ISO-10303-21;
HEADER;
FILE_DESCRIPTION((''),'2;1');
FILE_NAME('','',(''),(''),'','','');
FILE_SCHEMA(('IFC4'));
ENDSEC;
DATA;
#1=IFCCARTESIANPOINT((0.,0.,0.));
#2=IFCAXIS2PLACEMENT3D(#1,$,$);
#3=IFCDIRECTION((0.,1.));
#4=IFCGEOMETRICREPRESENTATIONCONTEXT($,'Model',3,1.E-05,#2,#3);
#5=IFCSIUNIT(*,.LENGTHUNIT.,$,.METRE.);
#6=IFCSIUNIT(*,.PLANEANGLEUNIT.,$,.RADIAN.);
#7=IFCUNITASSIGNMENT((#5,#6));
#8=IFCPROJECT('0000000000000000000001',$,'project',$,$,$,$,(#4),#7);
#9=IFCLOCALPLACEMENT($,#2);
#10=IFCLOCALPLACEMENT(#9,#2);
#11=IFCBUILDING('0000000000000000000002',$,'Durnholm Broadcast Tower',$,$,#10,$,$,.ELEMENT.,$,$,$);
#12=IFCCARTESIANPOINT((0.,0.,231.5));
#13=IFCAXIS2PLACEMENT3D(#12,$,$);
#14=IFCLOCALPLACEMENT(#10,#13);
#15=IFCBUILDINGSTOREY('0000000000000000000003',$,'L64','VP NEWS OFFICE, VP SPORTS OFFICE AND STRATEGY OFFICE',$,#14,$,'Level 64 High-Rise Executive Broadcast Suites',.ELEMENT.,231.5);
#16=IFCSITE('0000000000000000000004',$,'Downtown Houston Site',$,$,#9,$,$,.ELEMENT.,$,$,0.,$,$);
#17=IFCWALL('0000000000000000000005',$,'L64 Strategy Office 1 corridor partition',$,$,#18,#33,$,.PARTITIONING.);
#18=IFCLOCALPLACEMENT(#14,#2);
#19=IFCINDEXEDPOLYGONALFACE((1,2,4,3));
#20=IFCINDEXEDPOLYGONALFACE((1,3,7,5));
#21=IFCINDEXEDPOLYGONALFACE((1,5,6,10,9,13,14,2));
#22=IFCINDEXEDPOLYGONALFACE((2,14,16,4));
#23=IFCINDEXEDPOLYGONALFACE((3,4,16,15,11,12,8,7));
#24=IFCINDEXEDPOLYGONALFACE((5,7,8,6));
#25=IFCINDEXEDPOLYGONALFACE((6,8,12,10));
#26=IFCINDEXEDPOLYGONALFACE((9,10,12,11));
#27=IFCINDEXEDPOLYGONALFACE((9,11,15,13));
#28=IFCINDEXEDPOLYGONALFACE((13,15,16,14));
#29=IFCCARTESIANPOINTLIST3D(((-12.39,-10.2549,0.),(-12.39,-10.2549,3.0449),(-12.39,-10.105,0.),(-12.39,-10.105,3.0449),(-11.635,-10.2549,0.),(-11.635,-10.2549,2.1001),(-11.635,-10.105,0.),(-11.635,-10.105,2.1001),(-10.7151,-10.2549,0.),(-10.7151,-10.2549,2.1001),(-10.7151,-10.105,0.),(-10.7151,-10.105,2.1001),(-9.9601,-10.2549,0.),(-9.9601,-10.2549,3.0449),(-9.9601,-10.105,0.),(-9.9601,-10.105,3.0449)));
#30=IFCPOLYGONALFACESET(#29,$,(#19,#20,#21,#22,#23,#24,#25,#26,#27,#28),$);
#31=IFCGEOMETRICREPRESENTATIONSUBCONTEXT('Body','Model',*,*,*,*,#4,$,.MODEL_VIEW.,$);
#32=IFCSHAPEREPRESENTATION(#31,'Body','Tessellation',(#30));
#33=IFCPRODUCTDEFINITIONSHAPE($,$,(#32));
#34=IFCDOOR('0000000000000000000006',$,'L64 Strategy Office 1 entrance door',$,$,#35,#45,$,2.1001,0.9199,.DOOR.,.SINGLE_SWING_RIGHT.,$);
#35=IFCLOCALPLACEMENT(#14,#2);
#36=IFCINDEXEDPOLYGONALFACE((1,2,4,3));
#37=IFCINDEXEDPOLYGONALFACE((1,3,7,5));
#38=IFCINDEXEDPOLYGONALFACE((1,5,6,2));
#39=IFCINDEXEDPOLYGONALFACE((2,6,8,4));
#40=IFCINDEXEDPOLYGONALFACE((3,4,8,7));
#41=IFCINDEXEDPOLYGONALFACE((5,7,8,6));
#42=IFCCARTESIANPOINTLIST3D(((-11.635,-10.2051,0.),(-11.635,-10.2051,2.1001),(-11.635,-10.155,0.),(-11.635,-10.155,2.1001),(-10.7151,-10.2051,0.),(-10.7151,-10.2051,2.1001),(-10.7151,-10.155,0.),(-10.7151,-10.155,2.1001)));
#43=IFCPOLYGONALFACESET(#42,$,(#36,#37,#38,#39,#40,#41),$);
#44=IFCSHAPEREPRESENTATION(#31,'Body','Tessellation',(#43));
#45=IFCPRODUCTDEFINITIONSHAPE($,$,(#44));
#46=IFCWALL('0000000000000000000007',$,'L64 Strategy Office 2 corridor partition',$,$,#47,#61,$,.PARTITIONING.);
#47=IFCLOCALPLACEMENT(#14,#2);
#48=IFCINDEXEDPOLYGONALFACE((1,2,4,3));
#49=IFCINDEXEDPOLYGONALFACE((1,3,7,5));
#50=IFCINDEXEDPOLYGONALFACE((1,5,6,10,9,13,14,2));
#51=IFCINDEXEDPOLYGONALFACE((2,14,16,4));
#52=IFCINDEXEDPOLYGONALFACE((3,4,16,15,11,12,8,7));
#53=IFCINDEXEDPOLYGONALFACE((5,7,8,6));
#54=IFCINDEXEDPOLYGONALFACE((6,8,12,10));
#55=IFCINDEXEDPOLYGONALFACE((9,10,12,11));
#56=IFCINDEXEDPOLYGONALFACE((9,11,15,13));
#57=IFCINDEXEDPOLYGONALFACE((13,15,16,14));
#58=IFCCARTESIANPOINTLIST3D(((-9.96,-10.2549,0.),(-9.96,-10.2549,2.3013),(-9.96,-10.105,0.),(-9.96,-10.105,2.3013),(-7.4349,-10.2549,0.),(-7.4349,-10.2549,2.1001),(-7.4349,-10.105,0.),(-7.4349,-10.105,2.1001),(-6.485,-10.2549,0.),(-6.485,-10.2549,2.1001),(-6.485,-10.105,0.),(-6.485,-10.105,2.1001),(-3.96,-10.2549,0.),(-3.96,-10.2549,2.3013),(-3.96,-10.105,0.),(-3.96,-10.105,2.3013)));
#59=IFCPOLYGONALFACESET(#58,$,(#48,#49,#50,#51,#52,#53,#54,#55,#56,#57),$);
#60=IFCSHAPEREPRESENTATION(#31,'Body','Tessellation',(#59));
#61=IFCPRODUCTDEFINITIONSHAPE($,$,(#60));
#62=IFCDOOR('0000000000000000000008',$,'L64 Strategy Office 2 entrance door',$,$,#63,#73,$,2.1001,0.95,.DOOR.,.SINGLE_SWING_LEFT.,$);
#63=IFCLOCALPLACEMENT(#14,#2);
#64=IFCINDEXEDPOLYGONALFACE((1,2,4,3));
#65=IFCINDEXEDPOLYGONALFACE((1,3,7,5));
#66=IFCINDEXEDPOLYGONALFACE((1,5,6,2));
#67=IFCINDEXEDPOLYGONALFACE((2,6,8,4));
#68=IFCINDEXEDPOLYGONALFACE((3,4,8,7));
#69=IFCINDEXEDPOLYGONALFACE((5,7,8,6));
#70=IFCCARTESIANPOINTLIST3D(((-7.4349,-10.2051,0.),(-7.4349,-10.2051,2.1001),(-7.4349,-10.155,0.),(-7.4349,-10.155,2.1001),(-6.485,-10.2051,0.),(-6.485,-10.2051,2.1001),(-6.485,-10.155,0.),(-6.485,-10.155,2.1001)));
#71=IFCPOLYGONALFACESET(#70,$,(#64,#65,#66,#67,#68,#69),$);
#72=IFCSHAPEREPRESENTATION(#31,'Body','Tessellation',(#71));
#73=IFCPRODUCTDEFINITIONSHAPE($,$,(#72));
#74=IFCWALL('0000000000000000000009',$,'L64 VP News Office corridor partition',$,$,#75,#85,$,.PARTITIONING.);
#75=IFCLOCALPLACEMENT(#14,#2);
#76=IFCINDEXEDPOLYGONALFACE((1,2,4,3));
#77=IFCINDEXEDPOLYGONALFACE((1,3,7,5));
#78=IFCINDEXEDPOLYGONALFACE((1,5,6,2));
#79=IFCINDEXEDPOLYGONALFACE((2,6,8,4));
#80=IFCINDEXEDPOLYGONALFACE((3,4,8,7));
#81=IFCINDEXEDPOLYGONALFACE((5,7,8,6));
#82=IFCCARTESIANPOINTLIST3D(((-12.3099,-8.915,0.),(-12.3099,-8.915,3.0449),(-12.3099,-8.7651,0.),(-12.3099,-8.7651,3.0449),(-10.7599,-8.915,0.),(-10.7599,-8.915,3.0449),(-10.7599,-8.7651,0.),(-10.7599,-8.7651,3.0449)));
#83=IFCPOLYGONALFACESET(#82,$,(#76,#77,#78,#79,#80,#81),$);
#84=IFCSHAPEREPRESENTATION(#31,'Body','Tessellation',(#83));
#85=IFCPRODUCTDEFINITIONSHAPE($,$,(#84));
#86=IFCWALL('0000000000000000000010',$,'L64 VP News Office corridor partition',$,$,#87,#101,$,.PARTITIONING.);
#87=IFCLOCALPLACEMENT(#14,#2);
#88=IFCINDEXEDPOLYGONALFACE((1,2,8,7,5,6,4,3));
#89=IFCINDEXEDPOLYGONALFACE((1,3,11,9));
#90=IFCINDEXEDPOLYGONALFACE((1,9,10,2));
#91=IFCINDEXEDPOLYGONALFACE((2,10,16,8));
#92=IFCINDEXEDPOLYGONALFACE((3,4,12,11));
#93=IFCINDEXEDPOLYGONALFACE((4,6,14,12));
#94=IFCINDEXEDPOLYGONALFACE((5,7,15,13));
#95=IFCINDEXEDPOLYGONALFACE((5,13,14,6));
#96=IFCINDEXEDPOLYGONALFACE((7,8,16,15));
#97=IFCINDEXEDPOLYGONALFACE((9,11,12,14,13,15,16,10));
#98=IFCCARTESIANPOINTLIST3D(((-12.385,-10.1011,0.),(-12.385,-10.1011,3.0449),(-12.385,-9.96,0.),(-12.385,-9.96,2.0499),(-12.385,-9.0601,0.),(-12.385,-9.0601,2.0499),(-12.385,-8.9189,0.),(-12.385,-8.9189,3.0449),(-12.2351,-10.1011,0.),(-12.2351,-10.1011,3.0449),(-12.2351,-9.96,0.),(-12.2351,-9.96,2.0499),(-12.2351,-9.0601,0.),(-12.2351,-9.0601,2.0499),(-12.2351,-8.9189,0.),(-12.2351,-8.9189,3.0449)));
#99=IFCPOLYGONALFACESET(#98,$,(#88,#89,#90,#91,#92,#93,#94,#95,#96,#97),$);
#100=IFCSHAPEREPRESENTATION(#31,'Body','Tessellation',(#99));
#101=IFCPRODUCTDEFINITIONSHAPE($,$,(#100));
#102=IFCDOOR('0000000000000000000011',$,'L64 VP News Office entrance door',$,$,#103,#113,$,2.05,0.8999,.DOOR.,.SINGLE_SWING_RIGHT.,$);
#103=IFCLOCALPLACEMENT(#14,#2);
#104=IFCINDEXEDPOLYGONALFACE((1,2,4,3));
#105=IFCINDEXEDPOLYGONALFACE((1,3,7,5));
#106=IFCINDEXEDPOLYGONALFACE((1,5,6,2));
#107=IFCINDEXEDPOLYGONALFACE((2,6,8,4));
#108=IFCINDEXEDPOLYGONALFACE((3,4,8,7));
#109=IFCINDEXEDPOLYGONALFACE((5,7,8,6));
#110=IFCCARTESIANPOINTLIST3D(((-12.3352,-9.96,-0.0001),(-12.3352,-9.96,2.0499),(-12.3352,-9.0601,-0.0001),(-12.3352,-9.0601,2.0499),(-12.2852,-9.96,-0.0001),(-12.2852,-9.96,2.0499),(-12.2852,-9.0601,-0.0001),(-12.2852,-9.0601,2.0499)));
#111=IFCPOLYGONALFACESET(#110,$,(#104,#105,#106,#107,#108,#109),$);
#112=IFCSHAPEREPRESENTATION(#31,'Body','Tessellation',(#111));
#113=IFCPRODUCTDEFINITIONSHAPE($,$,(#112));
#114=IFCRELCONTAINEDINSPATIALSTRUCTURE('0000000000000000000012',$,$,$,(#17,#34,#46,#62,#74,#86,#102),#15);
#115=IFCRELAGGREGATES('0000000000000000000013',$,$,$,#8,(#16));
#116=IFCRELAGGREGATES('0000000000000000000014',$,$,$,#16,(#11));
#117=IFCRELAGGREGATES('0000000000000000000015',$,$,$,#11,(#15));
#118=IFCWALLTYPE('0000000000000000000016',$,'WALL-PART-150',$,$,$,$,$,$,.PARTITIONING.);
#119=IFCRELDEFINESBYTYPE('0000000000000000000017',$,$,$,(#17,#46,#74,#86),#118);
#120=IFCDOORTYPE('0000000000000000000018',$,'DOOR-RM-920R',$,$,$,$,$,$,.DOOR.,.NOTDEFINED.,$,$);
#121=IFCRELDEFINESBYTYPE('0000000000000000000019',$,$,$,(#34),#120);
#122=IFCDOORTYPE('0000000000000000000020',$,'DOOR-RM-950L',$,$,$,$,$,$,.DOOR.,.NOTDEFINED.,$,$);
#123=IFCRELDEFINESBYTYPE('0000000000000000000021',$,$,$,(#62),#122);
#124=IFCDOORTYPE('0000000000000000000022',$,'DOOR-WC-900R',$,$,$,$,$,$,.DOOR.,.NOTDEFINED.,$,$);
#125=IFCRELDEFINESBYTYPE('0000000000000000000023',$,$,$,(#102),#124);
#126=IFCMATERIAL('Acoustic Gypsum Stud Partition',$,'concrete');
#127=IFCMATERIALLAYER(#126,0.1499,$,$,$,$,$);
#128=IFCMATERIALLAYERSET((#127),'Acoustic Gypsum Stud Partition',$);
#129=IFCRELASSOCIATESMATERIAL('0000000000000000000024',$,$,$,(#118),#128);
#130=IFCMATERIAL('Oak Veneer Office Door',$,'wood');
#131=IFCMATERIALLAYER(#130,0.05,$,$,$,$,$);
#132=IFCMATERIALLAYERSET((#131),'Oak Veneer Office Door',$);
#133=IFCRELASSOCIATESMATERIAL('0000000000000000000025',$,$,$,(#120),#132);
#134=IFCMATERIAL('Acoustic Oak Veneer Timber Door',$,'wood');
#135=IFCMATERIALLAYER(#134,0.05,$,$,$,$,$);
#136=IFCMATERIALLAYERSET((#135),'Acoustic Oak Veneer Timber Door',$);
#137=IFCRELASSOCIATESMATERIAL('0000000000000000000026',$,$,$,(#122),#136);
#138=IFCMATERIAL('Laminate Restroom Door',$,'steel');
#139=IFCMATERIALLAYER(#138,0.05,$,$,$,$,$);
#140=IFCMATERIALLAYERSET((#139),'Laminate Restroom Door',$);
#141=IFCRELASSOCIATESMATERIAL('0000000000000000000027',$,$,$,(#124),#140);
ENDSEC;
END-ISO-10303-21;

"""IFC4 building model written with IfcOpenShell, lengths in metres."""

from ifc_helpers import new_model, si_unit, direction, frame, frame_2d, origin, place, context, subcontext, project, spatial, rectangle, extrude, source, transform, mapped, material, layer, layer_set, type_object, type_shapes, element, fill, save


model = new_model("IFC4")

# Units and contexts
model_context = context("Model", 3, precision=1e-05, world=origin(), true_north=direction((0.0, 1.0)))
body_context = subcontext(model_context, "Body", "Model", "MODEL_VIEW")
ifc_project = project(units=[si_unit("LENGTHUNIT", "METRE"), si_unit("PLANEANGLEUNIT", "RADIAN")], contexts=[model_context])

# Site, building, storey
site_placement = place(None, origin())
site = spatial("IfcSite", under=ifc_project, at=site_placement, Name="Downtown Houston Site", CompositionType="ELEMENT", RefElevation=0.0)
building_placement = place(site_placement, origin())
building = spatial("IfcBuilding", under=site, at=building_placement, Name="Durnholm Broadcast Tower", CompositionType="ELEMENT")
storey_placement = place(building_placement, frame((0.0, 0.0, 231.5)))
storey = spatial("IfcBuildingStorey", under=building, at=storey_placement, Name="L64", Description="VP NEWS OFFICE, VP SPORTS OFFICE AND STRATEGY OFFICE", LongName="Level 64 High-Rise Executive Broadcast Suites", CompositionType="ELEMENT", Elevation=231.5)

# Walls, openings, doors
ifc_material_1 = material(Name="Acoustic Gypsum Stud Partition", Category="concrete")
ifc_layer_1 = layer(ifc_material_1, 0.1499)
ifc_layer_set_1 = layer_set([ifc_layer_1], Name="Acoustic Gypsum Stud Partition")
wall_type_1 = type_object("IfcWallType", Name="WALL-PART-150", PredefinedType="PARTITIONING", material=ifc_layer_set_1)
wall_1_placement = place(storey_placement, frame((-12.3899, -10.1799, 0.0), z_axis=(0.0, 0.0, 1.0), x_axis=(1.0, 0.0, 0.0)))
wall_1 = element("IfcWall", 1, at=wall_1_placement, inside=storey, type_object=wall_type_1, Name="L64 Strategy Office 1 corridor partition", PredefinedType="PARTITIONING", context=body_context, shape_type="SweptSolid", body=[
    extrude(rectangle(XDim=2.4299, YDim=0.1499, at=frame_2d((1.2148, 0.0))), origin(), (0.0, 0.0, 1.0), 3.0449),
])
opening_1_placement = place(wall_1_placement, frame((0.7549, 0.0, 0.0)))
opening_1 = element("IfcOpeningElement", 2, at=opening_1_placement, cuts=wall_1, PredefinedType="OPENING", context=body_context, shape_type="SweptSolid", body=[
    extrude(rectangle(XDim=0.9199, YDim=2.1001, at=frame_2d((0.46, 1.05))), frame((0.0, 0.085, 0.0), z_axis=(0.0, -1.0, 0.0), x_axis=(1.0, 0.0, 0.0)), (0.0, 0.0, 1.0), 0.1699),
])
ifc_material_2 = material(Name="Oak Veneer Office Door", Category="wood")
ifc_layer_2 = layer(ifc_material_2, 0.05)
ifc_layer_set_2 = layer_set([ifc_layer_2], Name="Oak Veneer Office Door")
door_type_1 = type_object("IfcDoorType", Name="DOOR-RM-920R", OperationType="NOTDEFINED", PredefinedType="DOOR", material=ifc_layer_set_2)
shared_shape_1 = source(origin(), body_context, "Body", "SweptSolid", [
    extrude(rectangle(XDim=0.9199, YDim=2.1001, at=frame_2d((0.46, 1.05))), frame((0.0, 0.0249, 0.0), z_axis=(0.0, -1.0, 0.0), x_axis=(1.0, 0.0, 0.0)), (0.0, 0.0, 1.0), 0.05),
])
type_shapes(door_type_1, [shared_shape_1])
door_1_placement = place(opening_1_placement, origin())
door_1 = element("IfcDoor", 3, at=door_1_placement, inside=storey, type_object=door_type_1, Name="L64 Strategy Office 1 entrance door", OperationType="SINGLE_SWING_RIGHT", OverallHeight=2.1001, OverallWidth=0.9199, PredefinedType="DOOR", context=body_context, shape_type="MappedRepresentation", body=[
    mapped(shared_shape_1, transform((0.0, 0.0, 0.0), x_axis=(1.0, 0.0, 0.0), y_axis=(0.0, 1.0, 0.0), z_axis=(0.0, 0.0, 1.0), scale=1.0)),
])
fill(opening_1, door_1)
wall_2_placement = place(storey_placement, frame((-9.96, -10.1799, 0.0), z_axis=(0.0, 0.0, 1.0), x_axis=(1.0, 0.0, 0.0)))
wall_2 = element("IfcWall", 4, at=wall_2_placement, inside=storey, type_object=wall_type_1, Name="L64 Strategy Office 2 corridor partition", PredefinedType="PARTITIONING", context=body_context, shape_type="SweptSolid", body=[
    extrude(rectangle(XDim=6.0, YDim=0.1499, at=frame_2d((3.0, 0.0))), origin(), (0.0, 0.0, 1.0), 2.3013),
])
opening_2_placement = place(wall_2_placement, frame((2.5249, 0.0, 0.0)))
opening_2 = element("IfcOpeningElement", 5, at=opening_2_placement, cuts=wall_2, PredefinedType="OPENING", context=body_context, shape_type="SweptSolid", body=[
    extrude(rectangle(XDim=0.95, YDim=2.1001, at=frame_2d((0.4751, 1.05))), frame((0.0, 0.085, 0.0), z_axis=(0.0, -1.0, 0.0), x_axis=(1.0, 0.0, 0.0)), (0.0, 0.0, 1.0), 0.1699),
])
ifc_material_3 = material(Name="Acoustic Oak Veneer Timber Door", Category="wood")
ifc_layer_3 = layer(ifc_material_3, 0.05)
ifc_layer_set_3 = layer_set([ifc_layer_3], Name="Acoustic Oak Veneer Timber Door")
door_type_2 = type_object("IfcDoorType", Name="DOOR-RM-950L", OperationType="NOTDEFINED", PredefinedType="DOOR", material=ifc_layer_set_3)
shared_shape_2 = source(origin(), body_context, "Body", "SweptSolid", [
    extrude(rectangle(XDim=0.95, YDim=2.1001, at=frame_2d((0.4751, 1.05))), frame((0.0, 0.0249, 0.0), z_axis=(0.0, -1.0, 0.0), x_axis=(1.0, 0.0, 0.0)), (0.0, 0.0, 1.0), 0.05),
])
type_shapes(door_type_2, [shared_shape_2])
door_2_placement = place(opening_2_placement, origin())
door_2 = element("IfcDoor", 6, at=door_2_placement, inside=storey, type_object=door_type_2, Name="L64 Strategy Office 2 entrance door", OperationType="SINGLE_SWING_LEFT", OverallHeight=2.1001, OverallWidth=0.95, PredefinedType="DOOR", context=body_context, shape_type="MappedRepresentation", body=[
    mapped(shared_shape_2, transform((0.0, 0.0, 0.0), x_axis=(1.0, 0.0, 0.0), y_axis=(0.0, 1.0, 0.0), z_axis=(0.0, 0.0, 1.0), scale=1.0)),
])
fill(opening_2, door_2)

# Wall
wall_3_placement = place(storey_placement, frame((-10.76, -8.8401, 0.0), z_axis=(0.0, 0.0, 1.0), x_axis=(-1.0, 0.0, 0.0)))
element("IfcWall", 7, at=wall_3_placement, inside=storey, type_object=wall_type_1, Name="L64 VP News Office corridor partition", PredefinedType="PARTITIONING", context=body_context, shape_type="SweptSolid", body=[
    extrude(rectangle(XDim=1.55, YDim=0.1499, at=frame_2d((0.7749, 0.0))), origin(), (0.0, 0.0, 1.0), 3.0449),
])

# Wall, opening, door
wall_4_placement = place(storey_placement, frame((-12.3101, -8.9189, 0.0), z_axis=(0.0, 0.0, 1.0), x_axis=(0.0, -1.0, 0.0)))
wall_4 = element("IfcWall", 8, at=wall_4_placement, inside=storey, type_object=wall_type_1, Name="L64 VP News Office corridor partition", PredefinedType="PARTITIONING", context=body_context, shape_type="SweptSolid", body=[
    extrude(rectangle(XDim=1.1821, YDim=0.1499, at=frame_2d((0.5911, 0.0))), origin(), (0.0, 0.0, 1.0), 3.0449),
])
opening_3_placement = place(wall_4_placement, frame((0.1411, 0.0, 0.0)))
opening_3 = element("IfcOpeningElement", 9, at=opening_3_placement, cuts=wall_4, PredefinedType="OPENING", context=body_context, shape_type="SweptSolid", body=[
    extrude(rectangle(XDim=0.8999, YDim=2.05, at=frame_2d((0.45, 1.0249))), frame((0.0, 0.085, 0.0), z_axis=(0.0, -1.0, 0.0), x_axis=(1.0, 0.0, 0.0)), (0.0, 0.0, 1.0), 0.1699),
])
ifc_material_4 = material(Name="Laminate Restroom Door", Category="steel")
ifc_layer_4 = layer(ifc_material_4, 0.05)
ifc_layer_set_4 = layer_set([ifc_layer_4], Name="Laminate Restroom Door")
door_type_3 = type_object("IfcDoorType", Name="DOOR-WC-900R", OperationType="NOTDEFINED", PredefinedType="DOOR", material=ifc_layer_set_4)
shared_shape_3 = source(origin(), body_context, "Body", "SweptSolid", [
    extrude(rectangle(XDim=0.8999, YDim=2.05, at=frame_2d((0.45, 1.0249))), frame((0.0, 0.0249, 0.0), z_axis=(0.0, -1.0, 0.0), x_axis=(1.0, 0.0, 0.0)), (0.0, 0.0, 1.0), 0.05),
])
type_shapes(door_type_3, [shared_shape_3])
door_3_placement = place(opening_3_placement, origin())
door_3 = element("IfcDoor", 10, at=door_3_placement, inside=storey, type_object=door_type_3, Name="L64 VP News Office entrance door", OperationType="SINGLE_SWING_RIGHT", OverallHeight=2.05, OverallWidth=0.8999, PredefinedType="DOOR", context=body_context, shape_type="MappedRepresentation", body=[
    mapped(shared_shape_3, transform((0.0, 0.0, 0.0), x_axis=(1.0, 0.0, 0.0), y_axis=(0.0, 1.0, 0.0), z_axis=(0.0, 0.0, 1.0), scale=1.0)),
])
fill(opening_3, door_3)

save(model, "model.ifc")
